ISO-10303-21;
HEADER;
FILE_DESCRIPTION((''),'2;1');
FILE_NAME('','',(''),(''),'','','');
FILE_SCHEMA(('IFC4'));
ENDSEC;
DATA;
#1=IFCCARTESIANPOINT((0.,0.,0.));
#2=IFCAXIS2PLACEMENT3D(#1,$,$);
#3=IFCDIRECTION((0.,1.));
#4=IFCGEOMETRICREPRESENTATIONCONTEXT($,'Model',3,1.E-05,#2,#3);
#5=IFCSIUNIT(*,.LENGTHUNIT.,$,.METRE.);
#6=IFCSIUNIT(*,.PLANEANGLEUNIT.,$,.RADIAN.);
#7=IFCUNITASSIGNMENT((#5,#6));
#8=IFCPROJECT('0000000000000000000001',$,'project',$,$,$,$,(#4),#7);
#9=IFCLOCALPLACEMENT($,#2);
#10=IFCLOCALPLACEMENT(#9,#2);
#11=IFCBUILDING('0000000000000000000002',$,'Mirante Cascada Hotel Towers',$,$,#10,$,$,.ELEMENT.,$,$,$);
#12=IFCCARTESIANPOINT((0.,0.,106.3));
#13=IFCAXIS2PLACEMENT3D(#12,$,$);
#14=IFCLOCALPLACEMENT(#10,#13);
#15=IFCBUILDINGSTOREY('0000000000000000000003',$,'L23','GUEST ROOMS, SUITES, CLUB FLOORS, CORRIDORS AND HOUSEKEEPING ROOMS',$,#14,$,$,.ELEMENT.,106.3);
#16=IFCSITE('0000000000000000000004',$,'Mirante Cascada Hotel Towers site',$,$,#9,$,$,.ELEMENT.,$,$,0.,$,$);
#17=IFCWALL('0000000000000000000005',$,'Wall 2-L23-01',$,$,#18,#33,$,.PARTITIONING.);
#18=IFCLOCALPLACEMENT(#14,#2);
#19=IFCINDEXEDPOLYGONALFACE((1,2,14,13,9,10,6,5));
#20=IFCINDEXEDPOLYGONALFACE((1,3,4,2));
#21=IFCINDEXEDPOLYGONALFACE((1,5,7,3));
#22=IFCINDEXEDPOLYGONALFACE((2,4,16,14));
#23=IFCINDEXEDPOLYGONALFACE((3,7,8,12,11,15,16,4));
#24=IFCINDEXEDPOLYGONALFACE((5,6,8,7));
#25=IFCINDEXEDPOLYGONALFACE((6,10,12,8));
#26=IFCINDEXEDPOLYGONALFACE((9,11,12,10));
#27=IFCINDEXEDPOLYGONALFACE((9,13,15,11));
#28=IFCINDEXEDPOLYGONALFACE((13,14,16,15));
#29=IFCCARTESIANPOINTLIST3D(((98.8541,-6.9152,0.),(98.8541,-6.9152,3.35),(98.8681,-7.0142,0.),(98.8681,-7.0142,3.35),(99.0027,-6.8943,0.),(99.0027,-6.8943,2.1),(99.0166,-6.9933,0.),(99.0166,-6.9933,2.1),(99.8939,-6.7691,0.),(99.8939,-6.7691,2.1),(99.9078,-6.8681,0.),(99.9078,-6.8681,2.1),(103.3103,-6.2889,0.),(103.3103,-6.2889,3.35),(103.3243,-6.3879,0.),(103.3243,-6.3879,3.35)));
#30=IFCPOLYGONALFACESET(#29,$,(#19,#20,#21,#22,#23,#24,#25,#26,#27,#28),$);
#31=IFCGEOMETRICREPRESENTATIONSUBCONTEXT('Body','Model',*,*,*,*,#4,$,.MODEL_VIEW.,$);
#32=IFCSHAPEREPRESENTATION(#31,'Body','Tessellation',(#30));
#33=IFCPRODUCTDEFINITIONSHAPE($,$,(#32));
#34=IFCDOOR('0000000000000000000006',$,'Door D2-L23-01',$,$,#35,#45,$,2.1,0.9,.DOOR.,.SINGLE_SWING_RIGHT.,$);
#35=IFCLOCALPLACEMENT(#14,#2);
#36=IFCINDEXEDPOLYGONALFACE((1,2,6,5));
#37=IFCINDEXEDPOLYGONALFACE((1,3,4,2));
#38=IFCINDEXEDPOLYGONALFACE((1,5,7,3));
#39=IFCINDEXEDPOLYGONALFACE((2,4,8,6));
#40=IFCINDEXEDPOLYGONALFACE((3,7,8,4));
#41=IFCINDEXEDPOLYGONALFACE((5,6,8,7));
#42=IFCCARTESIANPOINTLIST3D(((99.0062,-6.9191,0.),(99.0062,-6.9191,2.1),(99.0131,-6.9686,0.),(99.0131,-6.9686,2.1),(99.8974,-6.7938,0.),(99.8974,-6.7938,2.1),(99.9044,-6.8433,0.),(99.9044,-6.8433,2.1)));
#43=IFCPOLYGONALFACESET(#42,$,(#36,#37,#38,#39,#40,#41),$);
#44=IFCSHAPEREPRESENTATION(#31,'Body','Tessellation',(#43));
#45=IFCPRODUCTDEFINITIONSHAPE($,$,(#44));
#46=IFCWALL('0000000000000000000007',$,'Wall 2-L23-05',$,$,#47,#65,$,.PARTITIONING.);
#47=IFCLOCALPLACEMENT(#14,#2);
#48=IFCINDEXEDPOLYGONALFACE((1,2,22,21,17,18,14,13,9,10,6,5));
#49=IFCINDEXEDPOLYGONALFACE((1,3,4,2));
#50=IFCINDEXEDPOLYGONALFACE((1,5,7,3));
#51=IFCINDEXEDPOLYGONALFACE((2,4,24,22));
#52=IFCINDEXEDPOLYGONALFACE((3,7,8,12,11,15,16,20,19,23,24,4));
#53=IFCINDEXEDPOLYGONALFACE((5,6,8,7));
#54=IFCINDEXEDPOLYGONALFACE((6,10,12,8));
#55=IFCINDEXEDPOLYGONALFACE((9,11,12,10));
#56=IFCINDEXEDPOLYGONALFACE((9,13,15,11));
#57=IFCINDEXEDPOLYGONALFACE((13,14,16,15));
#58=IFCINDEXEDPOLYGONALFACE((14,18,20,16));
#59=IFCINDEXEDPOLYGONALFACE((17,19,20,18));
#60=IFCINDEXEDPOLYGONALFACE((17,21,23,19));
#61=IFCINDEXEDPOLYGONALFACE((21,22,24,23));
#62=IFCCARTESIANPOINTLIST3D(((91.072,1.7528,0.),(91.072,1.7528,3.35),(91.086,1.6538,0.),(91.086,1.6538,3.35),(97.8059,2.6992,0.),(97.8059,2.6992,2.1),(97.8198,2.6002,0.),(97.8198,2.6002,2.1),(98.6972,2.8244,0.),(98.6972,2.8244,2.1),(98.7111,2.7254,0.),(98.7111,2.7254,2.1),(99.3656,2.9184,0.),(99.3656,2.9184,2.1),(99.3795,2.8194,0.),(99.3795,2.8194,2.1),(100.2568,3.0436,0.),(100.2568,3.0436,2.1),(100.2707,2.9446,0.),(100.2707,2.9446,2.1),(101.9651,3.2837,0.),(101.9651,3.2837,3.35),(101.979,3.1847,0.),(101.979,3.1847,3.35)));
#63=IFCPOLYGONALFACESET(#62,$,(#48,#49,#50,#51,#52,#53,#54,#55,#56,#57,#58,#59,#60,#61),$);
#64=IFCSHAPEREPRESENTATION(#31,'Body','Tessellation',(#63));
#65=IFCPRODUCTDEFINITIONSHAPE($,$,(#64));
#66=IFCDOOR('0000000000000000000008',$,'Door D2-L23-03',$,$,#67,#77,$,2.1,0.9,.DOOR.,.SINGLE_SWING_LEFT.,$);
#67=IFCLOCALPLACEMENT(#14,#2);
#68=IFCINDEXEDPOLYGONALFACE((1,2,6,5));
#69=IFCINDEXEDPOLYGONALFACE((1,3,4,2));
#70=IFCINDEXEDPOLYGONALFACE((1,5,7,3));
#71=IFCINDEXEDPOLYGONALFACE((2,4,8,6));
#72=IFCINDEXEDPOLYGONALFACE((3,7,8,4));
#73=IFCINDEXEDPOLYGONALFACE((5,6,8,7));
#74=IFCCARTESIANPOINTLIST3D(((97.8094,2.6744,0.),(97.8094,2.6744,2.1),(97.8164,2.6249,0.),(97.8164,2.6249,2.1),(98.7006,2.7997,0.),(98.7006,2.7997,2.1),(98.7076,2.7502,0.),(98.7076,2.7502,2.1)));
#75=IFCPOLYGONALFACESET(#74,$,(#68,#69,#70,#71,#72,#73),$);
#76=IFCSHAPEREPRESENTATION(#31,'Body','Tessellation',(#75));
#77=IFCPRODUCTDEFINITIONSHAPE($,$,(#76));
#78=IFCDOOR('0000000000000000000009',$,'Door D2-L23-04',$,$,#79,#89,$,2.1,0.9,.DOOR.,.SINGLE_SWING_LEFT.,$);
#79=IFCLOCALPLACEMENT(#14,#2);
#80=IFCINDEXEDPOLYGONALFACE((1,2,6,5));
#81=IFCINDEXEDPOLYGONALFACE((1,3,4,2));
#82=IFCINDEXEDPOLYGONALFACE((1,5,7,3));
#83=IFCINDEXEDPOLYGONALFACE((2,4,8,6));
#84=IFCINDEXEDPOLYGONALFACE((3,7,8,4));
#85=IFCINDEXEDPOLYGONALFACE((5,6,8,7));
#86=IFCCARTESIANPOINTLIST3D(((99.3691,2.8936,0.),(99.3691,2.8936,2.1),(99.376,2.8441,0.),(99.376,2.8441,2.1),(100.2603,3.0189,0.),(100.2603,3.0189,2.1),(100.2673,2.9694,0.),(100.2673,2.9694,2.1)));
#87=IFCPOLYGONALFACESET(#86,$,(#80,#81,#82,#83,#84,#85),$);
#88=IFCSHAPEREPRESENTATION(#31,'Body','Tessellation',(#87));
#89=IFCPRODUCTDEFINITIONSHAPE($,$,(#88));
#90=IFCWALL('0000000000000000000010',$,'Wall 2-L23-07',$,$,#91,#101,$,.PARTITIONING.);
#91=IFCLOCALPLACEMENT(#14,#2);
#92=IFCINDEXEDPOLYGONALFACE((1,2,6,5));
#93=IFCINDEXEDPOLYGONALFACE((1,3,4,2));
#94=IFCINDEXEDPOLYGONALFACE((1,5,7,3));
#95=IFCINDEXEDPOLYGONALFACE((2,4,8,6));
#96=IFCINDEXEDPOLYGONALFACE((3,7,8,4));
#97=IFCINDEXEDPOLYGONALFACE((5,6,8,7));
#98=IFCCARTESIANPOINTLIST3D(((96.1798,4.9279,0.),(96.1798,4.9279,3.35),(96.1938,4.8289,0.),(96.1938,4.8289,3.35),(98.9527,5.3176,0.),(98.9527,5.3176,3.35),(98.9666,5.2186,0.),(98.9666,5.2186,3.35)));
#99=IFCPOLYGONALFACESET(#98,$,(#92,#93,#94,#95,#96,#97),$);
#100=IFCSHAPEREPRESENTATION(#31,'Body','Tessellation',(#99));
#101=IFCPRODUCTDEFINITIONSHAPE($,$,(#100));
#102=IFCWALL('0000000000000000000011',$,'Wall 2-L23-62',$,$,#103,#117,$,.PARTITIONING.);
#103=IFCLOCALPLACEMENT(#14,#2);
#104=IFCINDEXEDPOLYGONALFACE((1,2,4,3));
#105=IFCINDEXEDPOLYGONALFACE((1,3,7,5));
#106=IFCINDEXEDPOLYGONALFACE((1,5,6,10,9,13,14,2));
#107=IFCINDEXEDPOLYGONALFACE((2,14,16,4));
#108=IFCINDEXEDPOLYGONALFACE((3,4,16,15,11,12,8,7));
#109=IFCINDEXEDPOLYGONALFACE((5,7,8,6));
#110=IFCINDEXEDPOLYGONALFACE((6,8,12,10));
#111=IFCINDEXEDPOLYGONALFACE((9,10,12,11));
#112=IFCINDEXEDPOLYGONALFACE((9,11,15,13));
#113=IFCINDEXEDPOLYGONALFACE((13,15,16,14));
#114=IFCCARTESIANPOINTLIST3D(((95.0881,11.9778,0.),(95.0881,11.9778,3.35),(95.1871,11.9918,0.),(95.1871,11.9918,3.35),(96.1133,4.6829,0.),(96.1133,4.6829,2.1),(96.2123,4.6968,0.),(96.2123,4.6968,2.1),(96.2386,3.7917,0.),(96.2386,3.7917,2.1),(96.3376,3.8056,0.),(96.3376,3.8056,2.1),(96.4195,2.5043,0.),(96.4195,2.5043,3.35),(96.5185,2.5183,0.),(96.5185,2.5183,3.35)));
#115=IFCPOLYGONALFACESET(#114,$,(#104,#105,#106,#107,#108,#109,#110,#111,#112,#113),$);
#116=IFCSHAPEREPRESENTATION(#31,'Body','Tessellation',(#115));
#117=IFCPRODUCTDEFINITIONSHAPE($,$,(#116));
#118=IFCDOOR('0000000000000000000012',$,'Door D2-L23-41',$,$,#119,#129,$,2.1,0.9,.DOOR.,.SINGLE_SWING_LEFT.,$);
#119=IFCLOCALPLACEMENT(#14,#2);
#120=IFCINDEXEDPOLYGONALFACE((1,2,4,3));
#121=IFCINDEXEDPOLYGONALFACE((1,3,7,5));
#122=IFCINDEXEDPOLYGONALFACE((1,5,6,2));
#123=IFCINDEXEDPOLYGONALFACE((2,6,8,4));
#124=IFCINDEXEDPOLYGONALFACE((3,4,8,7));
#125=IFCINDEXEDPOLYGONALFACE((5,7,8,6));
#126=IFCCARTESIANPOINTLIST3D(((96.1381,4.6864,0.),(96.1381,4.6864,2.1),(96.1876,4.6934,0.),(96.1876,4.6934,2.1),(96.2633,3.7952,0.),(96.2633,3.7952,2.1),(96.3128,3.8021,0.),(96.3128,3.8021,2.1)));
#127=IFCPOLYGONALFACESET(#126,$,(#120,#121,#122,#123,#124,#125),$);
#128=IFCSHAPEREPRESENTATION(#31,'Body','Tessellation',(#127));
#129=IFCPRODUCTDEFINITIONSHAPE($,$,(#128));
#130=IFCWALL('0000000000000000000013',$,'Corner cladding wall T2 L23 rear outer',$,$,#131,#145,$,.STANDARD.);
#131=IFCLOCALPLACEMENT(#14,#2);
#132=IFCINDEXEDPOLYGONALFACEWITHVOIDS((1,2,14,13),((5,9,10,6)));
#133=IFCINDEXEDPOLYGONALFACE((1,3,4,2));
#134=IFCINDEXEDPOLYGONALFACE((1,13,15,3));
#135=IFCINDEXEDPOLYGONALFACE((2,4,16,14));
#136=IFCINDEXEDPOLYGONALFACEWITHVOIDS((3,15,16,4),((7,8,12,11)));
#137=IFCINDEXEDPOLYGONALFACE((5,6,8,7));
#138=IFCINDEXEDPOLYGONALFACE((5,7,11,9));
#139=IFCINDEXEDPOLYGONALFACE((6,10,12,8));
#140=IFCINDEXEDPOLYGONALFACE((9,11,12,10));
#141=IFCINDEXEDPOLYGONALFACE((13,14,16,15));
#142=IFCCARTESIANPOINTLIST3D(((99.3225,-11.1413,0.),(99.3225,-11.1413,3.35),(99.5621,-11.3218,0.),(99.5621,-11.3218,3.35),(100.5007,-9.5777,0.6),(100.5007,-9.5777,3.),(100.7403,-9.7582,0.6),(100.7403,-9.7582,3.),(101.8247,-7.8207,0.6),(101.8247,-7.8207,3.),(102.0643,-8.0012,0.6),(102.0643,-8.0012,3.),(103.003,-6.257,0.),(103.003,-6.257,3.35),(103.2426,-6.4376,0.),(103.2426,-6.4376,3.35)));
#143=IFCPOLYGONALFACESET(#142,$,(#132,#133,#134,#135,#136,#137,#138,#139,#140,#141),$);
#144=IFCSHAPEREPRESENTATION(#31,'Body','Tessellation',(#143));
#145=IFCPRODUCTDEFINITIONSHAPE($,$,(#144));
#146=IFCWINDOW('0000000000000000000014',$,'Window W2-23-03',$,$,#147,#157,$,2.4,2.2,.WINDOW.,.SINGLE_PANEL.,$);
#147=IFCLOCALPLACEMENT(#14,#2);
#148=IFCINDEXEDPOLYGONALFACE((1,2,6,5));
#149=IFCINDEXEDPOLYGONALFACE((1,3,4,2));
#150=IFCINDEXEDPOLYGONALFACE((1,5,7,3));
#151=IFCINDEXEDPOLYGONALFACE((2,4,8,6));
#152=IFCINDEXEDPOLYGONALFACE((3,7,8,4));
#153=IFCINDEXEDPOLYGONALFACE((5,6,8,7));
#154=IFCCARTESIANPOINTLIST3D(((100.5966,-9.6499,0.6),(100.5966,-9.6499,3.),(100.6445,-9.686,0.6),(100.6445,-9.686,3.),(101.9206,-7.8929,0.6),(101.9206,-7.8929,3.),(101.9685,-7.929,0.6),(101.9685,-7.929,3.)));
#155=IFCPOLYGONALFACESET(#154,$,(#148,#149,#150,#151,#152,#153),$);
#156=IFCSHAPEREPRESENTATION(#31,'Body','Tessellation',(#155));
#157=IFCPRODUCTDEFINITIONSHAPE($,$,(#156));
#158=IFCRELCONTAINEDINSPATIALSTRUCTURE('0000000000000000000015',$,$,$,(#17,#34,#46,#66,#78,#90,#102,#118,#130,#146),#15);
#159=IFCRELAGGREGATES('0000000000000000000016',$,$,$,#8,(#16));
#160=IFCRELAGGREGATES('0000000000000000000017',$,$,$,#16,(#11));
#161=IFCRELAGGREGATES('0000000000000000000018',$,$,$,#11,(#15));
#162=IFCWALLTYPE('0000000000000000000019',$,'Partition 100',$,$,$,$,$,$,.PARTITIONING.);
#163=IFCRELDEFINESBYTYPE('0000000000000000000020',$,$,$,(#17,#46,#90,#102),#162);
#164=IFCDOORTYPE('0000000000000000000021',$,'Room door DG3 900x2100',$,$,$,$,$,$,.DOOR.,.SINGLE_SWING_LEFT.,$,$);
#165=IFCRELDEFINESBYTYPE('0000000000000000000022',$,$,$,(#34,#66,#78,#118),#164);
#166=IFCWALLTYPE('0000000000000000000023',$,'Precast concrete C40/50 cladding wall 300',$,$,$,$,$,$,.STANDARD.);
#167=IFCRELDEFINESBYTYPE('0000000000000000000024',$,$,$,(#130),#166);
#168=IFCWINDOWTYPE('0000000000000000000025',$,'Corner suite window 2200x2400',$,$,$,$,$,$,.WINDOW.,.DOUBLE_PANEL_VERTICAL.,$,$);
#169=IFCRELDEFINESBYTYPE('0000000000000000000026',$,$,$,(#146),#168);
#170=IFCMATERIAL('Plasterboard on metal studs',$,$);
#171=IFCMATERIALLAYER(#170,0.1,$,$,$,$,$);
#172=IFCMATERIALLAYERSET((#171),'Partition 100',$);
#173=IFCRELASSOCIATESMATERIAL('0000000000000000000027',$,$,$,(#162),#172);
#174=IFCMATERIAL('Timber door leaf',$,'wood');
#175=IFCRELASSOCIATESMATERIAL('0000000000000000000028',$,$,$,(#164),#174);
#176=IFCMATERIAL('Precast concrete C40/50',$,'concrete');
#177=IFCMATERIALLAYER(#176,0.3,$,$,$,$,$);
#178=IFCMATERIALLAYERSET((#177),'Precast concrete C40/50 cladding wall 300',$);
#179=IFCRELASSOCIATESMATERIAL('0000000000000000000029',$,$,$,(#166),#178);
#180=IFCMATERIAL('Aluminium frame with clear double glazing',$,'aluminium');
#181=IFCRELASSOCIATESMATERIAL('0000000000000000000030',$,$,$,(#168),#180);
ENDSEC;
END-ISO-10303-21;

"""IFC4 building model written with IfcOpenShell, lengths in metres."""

from ifc_helpers import new_model, si_unit, direction, frame, frame_2d, origin, place, context, subcontext, project, spatial, rectangle, extrude, material, layer, layer_set, type_object, element, fill, save


model = new_model("IFC4")

# Units and contexts
model_context = context("Model", 3, precision=1e-05, world=origin(), true_north=direction((0.0, 1.0)))
body_context = subcontext(model_context, "Body", "Model", "MODEL_VIEW")
ifc_project = project(units=[si_unit("LENGTHUNIT", "METRE"), si_unit("PLANEANGLEUNIT", "RADIAN")], contexts=[model_context])

# Site, building, storey
site_placement = place(None, origin())
site = spatial("IfcSite", under=ifc_project, at=site_placement, Name="Mirante Cascada Hotel Towers site", CompositionType="ELEMENT", RefElevation=0.0)
building_placement = place(site_placement, origin())
building = spatial("IfcBuilding", under=site, at=building_placement, Name="Mirante Cascada Hotel Towers", CompositionType="ELEMENT")
storey_placement = place(building_placement, frame((0.0, 0.0, 106.3)))
storey = spatial("IfcBuildingStorey", under=building, at=storey_placement, Name="L23", Description="GUEST ROOMS, SUITES, CLUB FLOORS, CORRIDORS AND HOUSEKEEPING ROOMS", CompositionType="ELEMENT", Elevation=106.3)

# Wall, opening, door
ifc_material_1 = material(Name="Plasterboard on metal studs")
ifc_layer_1 = layer(ifc_material_1, 0.1)
ifc_layer_set_1 = layer_set([ifc_layer_1], Name="Partition 100")
wall_type_1 = type_object("IfcWallType", Name="Partition 100", PredefinedType="PARTITIONING", material=ifc_layer_set_1)
wall_1_placement = place(storey_placement, frame((103.3173, -6.3384, 0.0), z_axis=(0.0, 0.0, 1.0), x_axis=(-0.990267, -0.139178, 0.0)))
wall_1 = element("IfcWall", 1, at=wall_1_placement, inside=storey, type_object=wall_type_1, Name="Wall 2-L23-01", PredefinedType="PARTITIONING", context=body_context, shape_type="SweptSolid", body=[
    extrude(rectangle(XDim=4.5, YDim=0.1, at=frame_2d((2.25, 0.0))), origin(), (0.0, 0.0, 1.0), 3.35),
])
opening_1_placement = place(wall_1_placement, frame((3.45, 0.0, 0.0)))
opening_1 = element("IfcOpeningElement", 2, at=opening_1_placement, cuts=wall_1, PredefinedType="OPENING", context=body_context, shape_type="SweptSolid", body=[
    extrude(rectangle(XDim=0.9, YDim=2.1, at=frame_2d((0.45, 1.05))), frame((0.0, 0.05, 0.0), z_axis=(0.0, -1.0, 0.0), x_axis=(1.0, 0.0, 0.0)), (0.0, 0.0, 1.0), 0.1),
])
ifc_material_2 = material(Name="Timber door leaf", Category="wood")
door_type = type_object("IfcDoorType", Name="Room door DG3 900x2100", OperationType="SINGLE_SWING_LEFT", PredefinedType="DOOR", material=ifc_material_2)
door_1_placement = place(opening_1_placement, frame((0.9, 0.0, 0.0), z_axis=(0.0, 0.0, 1.0), x_axis=(-1.0, 0.0, 0.0)))
door_1 = element("IfcDoor", 3, at=door_1_placement, inside=storey, type_object=door_type, Name="Door D2-L23-01", OperationType="SINGLE_SWING_RIGHT", OverallHeight=2.1, OverallWidth=0.9, PredefinedType="DOOR", context=body_context, shape_type="SweptSolid", body=[
    extrude(rectangle(XDim=0.9, YDim=2.1, at=frame_2d((0.45, 1.05))), frame((0.0, 0.025, 0.0), z_axis=(0.0, -1.0, 0.0), x_axis=(1.0, 0.0, 0.0)), (0.0, 0.0, 1.0), 0.05),
])
fill(opening_1, door_1)

# Wall, openings, doors
wall_2_placement = place(storey_placement, frame((101.972, 3.2342, 0.0), z_axis=(0.0, 0.0, 1.0), x_axis=(-0.990268, -0.139172, 0.0)))
wall_2 = element("IfcWall", 4, at=wall_2_placement, inside=storey, type_object=wall_type_1, Name="Wall 2-L23-05", PredefinedType="PARTITIONING", context=body_context, shape_type="SweptSolid", body=[
    extrude(rectangle(XDim=11.0001, YDim=0.1, at=frame_2d((5.5, 0.0))), origin(), (0.0, 0.0, 1.0), 3.35),
])
opening_2_placement = place(wall_2_placement, frame((3.3, 0.0, 0.0)))
opening_2 = element("IfcOpeningElement", 5, at=opening_2_placement, cuts=wall_2, PredefinedType="OPENING", context=body_context, shape_type="SweptSolid", body=[
    extrude(rectangle(XDim=0.9, YDim=2.1, at=frame_2d((0.45, 1.05))), frame((0.0, 0.05, 0.0), z_axis=(0.0, -1.0, 0.0), x_axis=(1.0, 0.0, 0.0)), (0.0, 0.0, 1.0), 0.1),
])
opening_3_placement = place(wall_2_placement, frame((1.725, 0.0, 0.0)))
opening_3 = element("IfcOpeningElement", 6, at=opening_3_placement, cuts=wall_2, PredefinedType="OPENING", context=body_context, shape_type="SweptSolid", body=[
    extrude(rectangle(XDim=0.9, YDim=2.1, at=frame_2d((0.45, 1.05))), frame((0.0, 0.05, 0.0), z_axis=(0.0, -1.0, 0.0), x_axis=(1.0, 0.0, 0.0)), (0.0, 0.0, 1.0), 0.1),
])
door_2_placement = place(opening_2_placement, origin())
door_2 = element("IfcDoor", 7, at=door_2_placement, inside=storey, type_object=door_type, Name="Door D2-L23-03", OperationType="SINGLE_SWING_LEFT", OverallHeight=2.1, OverallWidth=0.9, PredefinedType="DOOR", context=body_context, shape_type="SweptSolid", body=[
    extrude(rectangle(XDim=0.9, YDim=2.1, at=frame_2d((0.45, 1.05))), frame((0.0, 0.025, 0.0), z_axis=(0.0, -1.0, 0.0), x_axis=(1.0, 0.0, 0.0)), (0.0, 0.0, 1.0), 0.05),
])
fill(opening_2, door_2)
door_3_placement = place(opening_3_placement, origin())
door_3 = element("IfcDoor", 8, at=door_3_placement, inside=storey, type_object=door_type, Name="Door D2-L23-04", OperationType="SINGLE_SWING_LEFT", OverallHeight=2.1, OverallWidth=0.9, PredefinedType="DOOR", context=body_context, shape_type="SweptSolid", body=[
    extrude(rectangle(XDim=0.9, YDim=2.1, at=frame_2d((0.45, 1.05))), frame((0.0, 0.025, 0.0), z_axis=(0.0, -1.0, 0.0), x_axis=(1.0, 0.0, 0.0)), (0.0, 0.0, 1.0), 0.05),
])
fill(opening_3, door_3)

# Wall
wall_3_placement = place(storey_placement, frame((98.9596, 5.2681, 0.0), z_axis=(0.0, 0.0, 1.0), x_axis=(-0.990268, -0.139176, 0.0)))
element("IfcWall", 9, at=wall_3_placement, inside=storey, type_object=wall_type_1, Name="Wall 2-L23-07", PredefinedType="PARTITIONING", context=body_context, shape_type="SweptSolid", body=[
    extrude(rectangle(XDim=2.8001, YDim=0.1, at=frame_2d((1.4, 0.0))), origin(), (0.0, 0.0, 1.0), 3.35),
])

# Wall, opening, door
wall_4_placement = place(storey_placement, frame((96.469, 2.5113, 0.0), z_axis=(0.0, 0.0, 1.0), x_axis=(-0.139172, 0.990268, 0.0)))
wall_4 = element("IfcWall", 10, at=wall_4_placement, inside=storey, type_object=wall_type_1, Name="Wall 2-L23-62", PredefinedType="PARTITIONING", context=body_context, shape_type="SweptSolid", body=[
    extrude(rectangle(XDim=9.5666, YDim=0.1, at=frame_2d((4.7833, 0.0))), origin(), (0.0, 0.0, 1.0), 3.35),
])
opening_4_placement = place(wall_4_placement, frame((1.3, 0.0, 0.0)))
opening_4 = element("IfcOpeningElement", 11, at=opening_4_placement, cuts=wall_4, PredefinedType="OPENING", context=body_context, shape_type="SweptSolid", body=[
    extrude(rectangle(XDim=0.9, YDim=2.1, at=frame_2d((0.45, 1.05))), frame((0.0, 0.05, 0.0), z_axis=(0.0, -1.0, 0.0), x_axis=(1.0, 0.0, 0.0)), (0.0, 0.0, 1.0), 0.1),
])
door_4_placement = place(opening_4_placement, origin())
door_4 = element("IfcDoor", 12, at=door_4_placement, inside=storey, type_object=door_type, Name="Door D2-L23-41", OperationType="SINGLE_SWING_LEFT", OverallHeight=2.1, OverallWidth=0.9, PredefinedType="DOOR", context=body_context, shape_type="SweptSolid", body=[
    extrude(rectangle(XDim=0.9, YDim=2.1, at=frame_2d((0.45, 1.05))), frame((0.0, 0.025, 0.0), z_axis=(0.0, -1.0, 0.0), x_axis=(1.0, 0.0, 0.0)), (0.0, 0.0, 1.0), 0.05),
])
fill(opening_4, door_4)

# Wall, opening, window
ifc_material_3 = material(Name="Precast concrete C40/50", Category="concrete")
ifc_layer_2 = layer(ifc_material_3, 0.3)
ifc_layer_set_2 = layer_set([ifc_layer_2], Name="Precast concrete C40/50 cladding wall 300")
wall_type_2 = type_object("IfcWallType", Name="Precast concrete C40/50 cladding wall 300", PredefinedType="STANDARD", material=ifc_layer_set_2)
wall_5_placement = place(storey_placement, frame((99.4423, -11.2315, 0.0), z_axis=(0.0, 0.0, 1.0), x_axis=(0.601814, 0.798636, 0.0)))
wall_5 = element("IfcWall", 13, at=wall_5_placement, inside=storey, type_object=wall_type_2, Name="Corner cladding wall T2 L23 rear outer", PredefinedType="STANDARD", context=body_context, shape_type="SweptSolid", body=[
    extrude(rectangle(XDim=6.1157, YDim=0.3, at=frame_2d((3.0578, 0.0))), origin(), (0.0, 0.0, 1.0), 3.35),
])
opening_5_placement = place(wall_5_placement, frame((1.9578, 0.0, 0.6)))
opening_5 = element("IfcOpeningElement", 14, at=opening_5_placement, cuts=wall_5, PredefinedType="OPENING", context=body_context, shape_type="SweptSolid", body=[
    extrude(rectangle(XDim=2.2, YDim=2.4, at=frame_2d((1.1, 1.2))), frame((0.0, 0.15, 0.0), z_axis=(0.0, -1.0, 0.0), x_axis=(1.0, 0.0, 0.0)), (0.0, 0.0, 1.0), 0.3),
])
ifc_material_4 = material(Name="Aluminium frame with clear double glazing", Category="aluminium")
window_type = type_object("IfcWindowType", Name="Corner suite window 2200x2400", PartitioningType="DOUBLE_PANEL_VERTICAL", PredefinedType="WINDOW", material=ifc_material_4)
window_placement = place(opening_5_placement, origin())
window = element("IfcWindow", 15, at=window_placement, inside=storey, type_object=window_type, Name="Window W2-23-03", OverallHeight=2.4, OverallWidth=2.2, PartitioningType="SINGLE_PANEL", PredefinedType="WINDOW", context=body_context, shape_type="SweptSolid", body=[
    extrude(rectangle(XDim=2.2, YDim=2.4, at=frame_2d((1.1, 1.2))), frame((0.0, 0.03, 0.0), z_axis=(0.0, -1.0, 0.0), x_axis=(1.0, 0.0, 0.0)), (0.0, 0.0, 1.0), 0.06),
])
fill(opening_5, window)

save(model, "model.ifc")
